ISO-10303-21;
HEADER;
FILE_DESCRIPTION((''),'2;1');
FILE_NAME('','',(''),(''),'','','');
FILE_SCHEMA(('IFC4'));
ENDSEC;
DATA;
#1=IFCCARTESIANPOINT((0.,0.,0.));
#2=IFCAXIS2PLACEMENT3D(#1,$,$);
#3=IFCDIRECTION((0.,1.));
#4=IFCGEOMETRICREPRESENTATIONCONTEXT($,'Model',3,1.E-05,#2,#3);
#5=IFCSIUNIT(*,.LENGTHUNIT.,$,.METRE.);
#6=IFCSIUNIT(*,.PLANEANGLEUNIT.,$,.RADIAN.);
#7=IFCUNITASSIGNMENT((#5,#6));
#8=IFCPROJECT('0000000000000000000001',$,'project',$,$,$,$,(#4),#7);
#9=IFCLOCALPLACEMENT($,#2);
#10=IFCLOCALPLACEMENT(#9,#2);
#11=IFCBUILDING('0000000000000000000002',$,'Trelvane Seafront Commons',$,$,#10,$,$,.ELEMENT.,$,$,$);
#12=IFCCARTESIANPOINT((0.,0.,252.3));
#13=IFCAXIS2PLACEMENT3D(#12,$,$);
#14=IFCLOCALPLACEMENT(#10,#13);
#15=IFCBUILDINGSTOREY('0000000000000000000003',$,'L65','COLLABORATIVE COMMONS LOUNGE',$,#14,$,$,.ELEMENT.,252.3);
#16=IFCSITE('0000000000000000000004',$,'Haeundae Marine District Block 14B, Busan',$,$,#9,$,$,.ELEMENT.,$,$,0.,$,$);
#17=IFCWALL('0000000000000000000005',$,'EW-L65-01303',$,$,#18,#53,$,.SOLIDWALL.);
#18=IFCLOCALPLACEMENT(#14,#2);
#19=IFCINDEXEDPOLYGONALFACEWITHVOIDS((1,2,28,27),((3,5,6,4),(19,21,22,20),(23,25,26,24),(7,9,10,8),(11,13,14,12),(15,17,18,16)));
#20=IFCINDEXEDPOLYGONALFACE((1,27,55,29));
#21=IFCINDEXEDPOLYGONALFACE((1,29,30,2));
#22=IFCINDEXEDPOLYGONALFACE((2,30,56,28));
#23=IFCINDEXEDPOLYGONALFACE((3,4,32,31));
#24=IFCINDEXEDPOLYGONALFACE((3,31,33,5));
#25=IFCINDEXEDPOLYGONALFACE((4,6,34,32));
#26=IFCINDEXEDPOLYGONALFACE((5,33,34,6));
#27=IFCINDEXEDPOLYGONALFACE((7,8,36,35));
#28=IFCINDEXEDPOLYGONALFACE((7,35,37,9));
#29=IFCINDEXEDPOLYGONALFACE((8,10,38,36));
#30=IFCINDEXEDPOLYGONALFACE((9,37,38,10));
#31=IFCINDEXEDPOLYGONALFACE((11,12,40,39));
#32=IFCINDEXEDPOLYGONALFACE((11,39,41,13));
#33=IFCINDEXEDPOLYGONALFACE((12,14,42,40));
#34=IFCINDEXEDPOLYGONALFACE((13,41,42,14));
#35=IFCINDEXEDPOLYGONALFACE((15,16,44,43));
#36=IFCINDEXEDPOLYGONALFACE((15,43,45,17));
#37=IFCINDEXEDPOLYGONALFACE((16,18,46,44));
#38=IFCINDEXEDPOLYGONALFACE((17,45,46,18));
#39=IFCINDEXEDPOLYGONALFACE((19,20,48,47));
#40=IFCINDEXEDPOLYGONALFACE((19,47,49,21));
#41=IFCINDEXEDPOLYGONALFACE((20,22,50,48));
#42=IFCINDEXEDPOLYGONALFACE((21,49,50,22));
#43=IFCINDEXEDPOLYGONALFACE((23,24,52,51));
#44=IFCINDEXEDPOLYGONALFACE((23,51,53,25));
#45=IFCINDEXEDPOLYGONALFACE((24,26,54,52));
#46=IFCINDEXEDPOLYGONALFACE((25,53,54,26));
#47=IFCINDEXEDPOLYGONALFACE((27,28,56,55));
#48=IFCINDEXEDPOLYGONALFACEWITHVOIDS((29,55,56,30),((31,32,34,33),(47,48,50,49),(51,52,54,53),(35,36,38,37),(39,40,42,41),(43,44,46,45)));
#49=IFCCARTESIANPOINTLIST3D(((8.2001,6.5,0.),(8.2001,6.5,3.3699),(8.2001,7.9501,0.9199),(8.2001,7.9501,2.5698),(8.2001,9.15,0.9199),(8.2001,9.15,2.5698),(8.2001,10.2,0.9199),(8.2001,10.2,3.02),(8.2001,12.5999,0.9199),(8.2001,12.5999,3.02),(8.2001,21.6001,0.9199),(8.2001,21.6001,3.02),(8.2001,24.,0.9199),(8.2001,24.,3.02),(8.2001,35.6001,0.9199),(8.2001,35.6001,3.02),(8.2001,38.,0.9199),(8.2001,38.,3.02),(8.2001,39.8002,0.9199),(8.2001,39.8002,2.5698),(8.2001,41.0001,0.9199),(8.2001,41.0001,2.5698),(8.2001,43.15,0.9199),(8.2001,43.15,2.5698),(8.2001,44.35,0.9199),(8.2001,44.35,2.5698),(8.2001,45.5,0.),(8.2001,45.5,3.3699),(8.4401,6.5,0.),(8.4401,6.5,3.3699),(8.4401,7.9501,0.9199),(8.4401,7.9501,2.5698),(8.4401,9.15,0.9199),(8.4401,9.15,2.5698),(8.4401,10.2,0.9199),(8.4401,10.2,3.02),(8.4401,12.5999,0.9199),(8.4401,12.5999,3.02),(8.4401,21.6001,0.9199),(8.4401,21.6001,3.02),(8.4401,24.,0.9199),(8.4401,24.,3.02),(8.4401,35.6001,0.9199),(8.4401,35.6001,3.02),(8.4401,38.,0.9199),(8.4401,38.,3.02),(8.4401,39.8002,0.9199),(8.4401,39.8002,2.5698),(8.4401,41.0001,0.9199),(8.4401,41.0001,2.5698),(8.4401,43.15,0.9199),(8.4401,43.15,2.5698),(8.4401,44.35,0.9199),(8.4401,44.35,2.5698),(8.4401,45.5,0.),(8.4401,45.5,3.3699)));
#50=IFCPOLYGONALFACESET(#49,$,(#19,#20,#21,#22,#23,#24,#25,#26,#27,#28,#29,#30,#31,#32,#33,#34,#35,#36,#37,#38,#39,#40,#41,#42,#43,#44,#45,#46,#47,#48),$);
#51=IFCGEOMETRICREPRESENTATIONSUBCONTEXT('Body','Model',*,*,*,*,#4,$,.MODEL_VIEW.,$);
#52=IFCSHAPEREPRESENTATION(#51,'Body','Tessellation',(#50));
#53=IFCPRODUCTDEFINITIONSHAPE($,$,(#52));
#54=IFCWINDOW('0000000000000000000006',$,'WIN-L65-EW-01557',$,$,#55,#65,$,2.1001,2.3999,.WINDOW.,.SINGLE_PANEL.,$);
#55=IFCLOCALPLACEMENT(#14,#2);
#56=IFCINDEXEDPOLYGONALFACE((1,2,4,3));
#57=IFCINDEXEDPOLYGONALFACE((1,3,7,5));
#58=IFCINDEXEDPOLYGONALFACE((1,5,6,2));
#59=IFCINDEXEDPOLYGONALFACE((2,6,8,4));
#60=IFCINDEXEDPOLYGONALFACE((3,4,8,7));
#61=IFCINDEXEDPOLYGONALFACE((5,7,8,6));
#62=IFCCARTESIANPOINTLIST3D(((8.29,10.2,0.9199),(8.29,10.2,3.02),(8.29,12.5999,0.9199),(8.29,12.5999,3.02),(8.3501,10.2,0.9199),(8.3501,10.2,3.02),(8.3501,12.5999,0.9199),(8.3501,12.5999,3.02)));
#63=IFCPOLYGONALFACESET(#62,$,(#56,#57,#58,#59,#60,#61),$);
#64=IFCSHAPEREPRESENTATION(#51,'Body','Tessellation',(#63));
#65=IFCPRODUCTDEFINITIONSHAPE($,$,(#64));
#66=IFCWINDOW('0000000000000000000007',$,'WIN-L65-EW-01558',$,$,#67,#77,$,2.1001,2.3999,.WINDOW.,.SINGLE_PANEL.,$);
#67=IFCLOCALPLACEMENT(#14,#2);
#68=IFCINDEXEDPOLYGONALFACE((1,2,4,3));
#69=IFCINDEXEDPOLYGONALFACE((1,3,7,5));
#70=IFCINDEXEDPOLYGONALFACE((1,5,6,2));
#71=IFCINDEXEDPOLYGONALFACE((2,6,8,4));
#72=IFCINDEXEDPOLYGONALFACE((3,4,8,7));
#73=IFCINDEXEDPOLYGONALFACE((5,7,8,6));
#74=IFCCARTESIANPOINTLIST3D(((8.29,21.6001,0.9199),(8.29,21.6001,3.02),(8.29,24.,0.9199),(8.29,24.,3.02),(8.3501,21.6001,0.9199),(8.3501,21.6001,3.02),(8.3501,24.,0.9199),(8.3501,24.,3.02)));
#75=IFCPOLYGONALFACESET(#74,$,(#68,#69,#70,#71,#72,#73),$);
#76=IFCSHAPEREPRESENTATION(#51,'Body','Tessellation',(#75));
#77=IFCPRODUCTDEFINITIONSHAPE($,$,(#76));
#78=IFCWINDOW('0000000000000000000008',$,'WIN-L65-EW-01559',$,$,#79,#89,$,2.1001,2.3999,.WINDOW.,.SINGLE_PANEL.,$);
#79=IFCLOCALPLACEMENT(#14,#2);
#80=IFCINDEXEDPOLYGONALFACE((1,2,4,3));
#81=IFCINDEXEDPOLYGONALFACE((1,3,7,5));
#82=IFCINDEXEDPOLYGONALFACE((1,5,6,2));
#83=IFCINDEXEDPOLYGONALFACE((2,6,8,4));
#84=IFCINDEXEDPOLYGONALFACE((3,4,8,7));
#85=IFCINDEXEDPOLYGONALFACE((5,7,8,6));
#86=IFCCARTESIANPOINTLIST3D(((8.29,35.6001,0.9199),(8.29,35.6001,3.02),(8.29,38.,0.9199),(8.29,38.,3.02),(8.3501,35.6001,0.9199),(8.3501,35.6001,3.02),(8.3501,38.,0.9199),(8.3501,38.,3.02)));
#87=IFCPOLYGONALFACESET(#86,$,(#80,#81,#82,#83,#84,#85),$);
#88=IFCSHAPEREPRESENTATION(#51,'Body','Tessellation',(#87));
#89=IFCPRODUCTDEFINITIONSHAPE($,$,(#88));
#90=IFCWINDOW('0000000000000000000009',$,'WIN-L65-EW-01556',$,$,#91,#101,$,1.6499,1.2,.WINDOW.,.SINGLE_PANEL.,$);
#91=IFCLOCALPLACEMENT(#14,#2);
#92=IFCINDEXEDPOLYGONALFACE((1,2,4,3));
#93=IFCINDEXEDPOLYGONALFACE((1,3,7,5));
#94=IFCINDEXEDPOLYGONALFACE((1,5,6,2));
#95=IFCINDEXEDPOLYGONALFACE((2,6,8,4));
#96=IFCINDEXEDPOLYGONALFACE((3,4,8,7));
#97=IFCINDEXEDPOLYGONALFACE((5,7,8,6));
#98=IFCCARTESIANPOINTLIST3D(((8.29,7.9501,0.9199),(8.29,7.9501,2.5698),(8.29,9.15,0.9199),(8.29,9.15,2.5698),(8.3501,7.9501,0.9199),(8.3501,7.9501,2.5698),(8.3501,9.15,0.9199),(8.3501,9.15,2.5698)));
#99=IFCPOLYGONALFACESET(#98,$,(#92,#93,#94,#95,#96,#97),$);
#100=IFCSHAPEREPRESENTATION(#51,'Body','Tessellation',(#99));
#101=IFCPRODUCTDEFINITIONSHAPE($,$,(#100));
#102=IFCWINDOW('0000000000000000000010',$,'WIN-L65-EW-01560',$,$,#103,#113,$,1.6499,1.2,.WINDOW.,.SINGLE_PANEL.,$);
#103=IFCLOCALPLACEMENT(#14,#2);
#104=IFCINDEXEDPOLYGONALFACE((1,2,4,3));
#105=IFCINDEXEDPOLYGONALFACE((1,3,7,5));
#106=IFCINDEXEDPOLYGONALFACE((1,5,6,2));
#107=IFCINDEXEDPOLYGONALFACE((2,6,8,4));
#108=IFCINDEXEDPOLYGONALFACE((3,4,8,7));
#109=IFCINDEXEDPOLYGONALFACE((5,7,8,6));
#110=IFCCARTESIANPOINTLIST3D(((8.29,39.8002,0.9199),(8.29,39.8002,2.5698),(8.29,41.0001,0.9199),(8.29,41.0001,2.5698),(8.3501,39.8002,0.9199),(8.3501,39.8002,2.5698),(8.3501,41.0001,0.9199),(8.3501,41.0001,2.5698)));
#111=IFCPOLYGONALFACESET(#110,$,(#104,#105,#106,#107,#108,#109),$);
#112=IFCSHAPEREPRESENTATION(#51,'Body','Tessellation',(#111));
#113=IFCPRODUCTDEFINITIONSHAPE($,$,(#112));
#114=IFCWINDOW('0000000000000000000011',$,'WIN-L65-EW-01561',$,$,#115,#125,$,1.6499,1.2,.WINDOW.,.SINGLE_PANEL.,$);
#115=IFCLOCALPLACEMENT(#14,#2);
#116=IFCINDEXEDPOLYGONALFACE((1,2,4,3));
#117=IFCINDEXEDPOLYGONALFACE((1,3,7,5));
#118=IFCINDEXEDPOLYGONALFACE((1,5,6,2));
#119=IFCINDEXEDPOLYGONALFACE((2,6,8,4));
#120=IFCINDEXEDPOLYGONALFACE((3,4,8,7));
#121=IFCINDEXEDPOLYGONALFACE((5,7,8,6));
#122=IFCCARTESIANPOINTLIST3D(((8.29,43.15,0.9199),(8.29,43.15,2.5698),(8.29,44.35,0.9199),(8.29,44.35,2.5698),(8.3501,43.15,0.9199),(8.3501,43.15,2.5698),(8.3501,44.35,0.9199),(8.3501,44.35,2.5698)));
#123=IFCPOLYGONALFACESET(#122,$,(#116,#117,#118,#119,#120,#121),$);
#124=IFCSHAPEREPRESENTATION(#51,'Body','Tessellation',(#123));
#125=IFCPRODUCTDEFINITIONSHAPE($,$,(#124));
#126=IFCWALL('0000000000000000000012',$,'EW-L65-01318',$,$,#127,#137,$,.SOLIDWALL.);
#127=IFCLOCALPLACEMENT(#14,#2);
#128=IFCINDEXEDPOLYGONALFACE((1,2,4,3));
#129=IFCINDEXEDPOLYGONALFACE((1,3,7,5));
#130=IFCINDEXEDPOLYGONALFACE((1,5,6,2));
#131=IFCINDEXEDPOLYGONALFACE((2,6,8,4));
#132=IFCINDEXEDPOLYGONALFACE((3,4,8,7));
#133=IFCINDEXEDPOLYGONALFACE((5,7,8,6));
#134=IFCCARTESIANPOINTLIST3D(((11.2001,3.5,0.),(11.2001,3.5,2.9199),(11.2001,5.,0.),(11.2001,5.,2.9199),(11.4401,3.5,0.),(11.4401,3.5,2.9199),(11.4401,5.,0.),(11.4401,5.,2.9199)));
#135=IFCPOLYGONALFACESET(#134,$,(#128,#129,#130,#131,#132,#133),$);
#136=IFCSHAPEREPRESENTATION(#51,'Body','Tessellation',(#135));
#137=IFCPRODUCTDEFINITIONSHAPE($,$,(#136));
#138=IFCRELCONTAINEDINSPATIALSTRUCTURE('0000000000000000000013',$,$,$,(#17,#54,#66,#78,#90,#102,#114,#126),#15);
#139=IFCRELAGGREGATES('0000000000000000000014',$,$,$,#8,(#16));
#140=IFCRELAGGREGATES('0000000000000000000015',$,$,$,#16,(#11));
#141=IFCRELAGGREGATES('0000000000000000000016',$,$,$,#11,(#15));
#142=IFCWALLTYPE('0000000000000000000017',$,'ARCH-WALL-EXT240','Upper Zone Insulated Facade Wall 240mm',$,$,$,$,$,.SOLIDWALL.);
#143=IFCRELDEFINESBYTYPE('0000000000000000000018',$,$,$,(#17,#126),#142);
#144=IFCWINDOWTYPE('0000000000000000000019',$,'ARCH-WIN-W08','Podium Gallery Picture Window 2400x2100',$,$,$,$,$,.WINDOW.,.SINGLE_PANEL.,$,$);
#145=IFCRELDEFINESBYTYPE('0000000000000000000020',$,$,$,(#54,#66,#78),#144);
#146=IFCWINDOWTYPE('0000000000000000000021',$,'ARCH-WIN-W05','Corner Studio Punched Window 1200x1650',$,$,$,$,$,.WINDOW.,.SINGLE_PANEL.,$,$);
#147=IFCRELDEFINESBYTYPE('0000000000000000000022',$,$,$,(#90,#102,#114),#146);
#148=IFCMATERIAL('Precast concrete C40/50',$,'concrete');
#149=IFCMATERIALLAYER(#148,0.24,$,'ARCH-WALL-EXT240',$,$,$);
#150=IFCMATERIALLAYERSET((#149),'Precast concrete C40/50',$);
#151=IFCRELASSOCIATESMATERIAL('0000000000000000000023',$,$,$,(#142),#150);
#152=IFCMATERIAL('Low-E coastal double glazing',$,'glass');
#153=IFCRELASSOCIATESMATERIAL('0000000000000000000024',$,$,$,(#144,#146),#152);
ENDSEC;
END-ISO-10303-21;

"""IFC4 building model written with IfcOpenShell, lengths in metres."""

from ifc_helpers import new_model, si_unit, direction, frame, frame_2d, origin, place, context, subcontext, project, spatial, rectangle, extrude, source, transform, mapped, material, layer, layer_set, type_object, element, fill, save


model = new_model("IFC4")

# Units and contexts
model_context = context("Model", 3, precision=1e-05, world=origin(), true_north=direction((0.0, 1.0)))
body_context = subcontext(model_context, "Body", "Model", "MODEL_VIEW")
ifc_project = project(units=[si_unit("LENGTHUNIT", "METRE"), si_unit("PLANEANGLEUNIT", "RADIAN")], contexts=[model_context])

# Site, building, storey
site_placement = place(None, origin())
site = spatial("IfcSite", under=ifc_project, at=site_placement, Name="Haeundae Marine District Block 14B, Busan", CompositionType="ELEMENT", RefElevation=0.0)
building_placement = place(site_placement, origin())
building = spatial("IfcBuilding", under=site, at=building_placement, Name="Trelvane Seafront Commons", CompositionType="ELEMENT")
storey_placement = place(building_placement, frame((0.0, 0.0, 252.3)))
storey = spatial("IfcBuildingStorey", under=building, at=storey_placement, Name="L65", Description="COLLABORATIVE COMMONS LOUNGE", CompositionType="ELEMENT", Elevation=252.3)

# Shared definitions
ifc_material_1 = material(Name="Precast concrete C40/50", Category="concrete")
ifc_layer_1 = layer(ifc_material_1, 0.24, Name="ARCH-WALL-EXT240")
ifc_layer_set_1 = layer_set([ifc_layer_1], Name="Precast concrete C40/50")
wall_type_1 = type_object("IfcWallType", Name="ARCH-WALL-EXT240", Description="Upper Zone Insulated Facade Wall 240mm", PredefinedType="SOLIDWALL", material=ifc_layer_set_1)

# Wall, openings, windows
wall_1_placement = place(storey_placement, frame((8.3201, 6.5, 0.0), z_axis=(0.0, 0.0, 1.0), x_axis=(0.0, 1.0, 0.0)))
wall_1 = element("IfcWall", 1, at=wall_1_placement, inside=storey, type_object=wall_type_1, Name="EW-L65-01303", PredefinedType="SOLIDWALL", context=body_context, shape_type="SweptSolid", body=[
    extrude(rectangle(XDim=39.0, YDim=0.24, at=frame_2d((19.5, 0.0))), origin(), (0.0, 0.0, 1.0), 3.3699),
])
opening_1_placement = place(wall_1_placement, frame((1.45, 0.0, 0.9199)))
opening_1 = element("IfcOpeningElement", 2, at=opening_1_placement, cuts=wall_1, PredefinedType="OPENING", context=body_context, shape_type="SweptSolid", body=[
    extrude(rectangle(XDim=1.2, YDim=1.6499, at=frame_2d((0.6001, 0.825))), frame((0.0, 0.1299, 0.0), z_axis=(0.0, -1.0, 0.0), x_axis=(1.0, 0.0, 0.0)), (0.0, 0.0, 1.0), 0.26),
])
opening_2_placement = place(wall_1_placement, frame((3.7, 0.0, 0.9199)))
opening_2 = element("IfcOpeningElement", 3, at=opening_2_placement, cuts=wall_1, PredefinedType="OPENING", context=body_context, shape_type="SweptSolid", body=[
    extrude(rectangle(XDim=2.3999, YDim=2.1001, at=frame_2d((1.2, 1.05))), frame((0.0, 0.1299, 0.0), z_axis=(0.0, -1.0, 0.0), x_axis=(1.0, 0.0, 0.0)), (0.0, 0.0, 1.0), 0.26),
])
opening_3_placement = place(wall_1_placement, frame((15.1001, 0.0, 0.9199)))
opening_3 = element("IfcOpeningElement", 4, at=opening_3_placement, cuts=wall_1, PredefinedType="OPENING", context=body_context, shape_type="SweptSolid", body=[
    extrude(rectangle(XDim=2.3999, YDim=2.1001, at=frame_2d((1.2, 1.05))), frame((0.0, 0.1299, 0.0), z_axis=(0.0, -1.0, 0.0), x_axis=(1.0, 0.0, 0.0)), (0.0, 0.0, 1.0), 0.26),
])
opening_4_placement = place(wall_1_placement, frame((29.1001, 0.0, 0.9199)))
opening_4 = element("IfcOpeningElement", 5, at=opening_4_placement, cuts=wall_1, PredefinedType="OPENING", context=body_context, shape_type="SweptSolid", body=[
    extrude(rectangle(XDim=2.3999, YDim=2.1001, at=frame_2d((1.2, 1.05))), frame((0.0, 0.1299, 0.0), z_axis=(0.0, -1.0, 0.0), x_axis=(1.0, 0.0, 0.0)), (0.0, 0.0, 1.0), 0.26),
])
opening_5_placement = place(wall_1_placement, frame((33.3, 0.0, 0.9199)))
opening_5 = element("IfcOpeningElement", 6, at=opening_5_placement, cuts=wall_1, PredefinedType="OPENING", context=body_context, shape_type="SweptSolid", body=[
    extrude(rectangle(XDim=1.2, YDim=1.6499, at=frame_2d((0.6001, 0.825))), frame((0.0, 0.1299, 0.0), z_axis=(0.0, -1.0, 0.0), x_axis=(1.0, 0.0, 0.0)), (0.0, 0.0, 1.0), 0.26),
])
opening_6_placement = place(wall_1_placement, frame((36.6499, 0.0, 0.9199)))
opening_6 = element("IfcOpeningElement", 7, at=opening_6_placement, cuts=wall_1, PredefinedType="OPENING", context=body_context, shape_type="SweptSolid", body=[
    extrude(rectangle(XDim=1.2, YDim=1.6499, at=frame_2d((0.6001, 0.825))), frame((0.0, 0.1299, 0.0), z_axis=(0.0, -1.0, 0.0), x_axis=(1.0, 0.0, 0.0)), (0.0, 0.0, 1.0), 0.26),
])
ifc_material_2 = material(Name="Low-E coastal double glazing", Category="glass")
window_type_1 = type_object("IfcWindowType", Name="ARCH-WIN-W08", Description="Podium Gallery Picture Window 2400x2100", PartitioningType="SINGLE_PANEL", PredefinedType="WINDOW", material=ifc_material_2)
shared_shape_1 = source(origin(), body_context, "Body", "SweptSolid", [
    extrude(rectangle(XDim=2.3999, YDim=2.1001, at=frame_2d((1.2, 1.05))), frame((0.0, 0.03, 0.0), z_axis=(0.0, -1.0, 0.0), x_axis=(1.0, 0.0, 0.0)), (0.0, 0.0, 1.0), 0.0601),
])
window_1_placement = place(opening_2_placement, origin())
window_1 = element("IfcWindow", 8, at=window_1_placement, inside=storey, type_object=window_type_1, Name="WIN-L65-EW-01557", OverallHeight=2.1001, OverallWidth=2.3999, PartitioningType="SINGLE_PANEL", PredefinedType="WINDOW", context=body_context, shape_type="MappedRepresentation", body=[
    mapped(shared_shape_1, transform((0.0, 0.0, 0.0), x_axis=(1.0, 0.0, 0.0), y_axis=(0.0, 1.0, 0.0), z_axis=(0.0, 0.0, 1.0), scale=1.0)),
])
fill(opening_2, window_1)
window_2_placement = place(opening_3_placement, origin())
window_2 = element("IfcWindow", 9, at=window_2_placement, inside=storey, type_object=window_type_1, Name="WIN-L65-EW-01558", OverallHeight=2.1001, OverallWidth=2.3999, PartitioningType="SINGLE_PANEL", PredefinedType="WINDOW", context=body_context, shape_type="MappedRepresentation", body=[
    mapped(shared_shape_1, transform((0.0, 0.0, 0.0), x_axis=(1.0, 0.0, 0.0), y_axis=(0.0, 1.0, 0.0), z_axis=(0.0, 0.0, 1.0), scale=1.0)),
])
fill(opening_3, window_2)
window_3_placement = place(opening_4_placement, origin())
window_3 = element("IfcWindow", 10, at=window_3_placement, inside=storey, type_object=window_type_1, Name="WIN-L65-EW-01559", OverallHeight=2.1001, OverallWidth=2.3999, PartitioningType="SINGLE_PANEL", PredefinedType="WINDOW", context=body_context, shape_type="MappedRepresentation", body=[
    mapped(shared_shape_1, transform((0.0, 0.0, 0.0), x_axis=(1.0, 0.0, 0.0), y_axis=(0.0, 1.0, 0.0), z_axis=(0.0, 0.0, 1.0), scale=1.0)),
])
fill(opening_4, window_3)
window_type_2 = type_object("IfcWindowType", Name="ARCH-WIN-W05", Description="Corner Studio Punched Window 1200x1650", PartitioningType="SINGLE_PANEL", PredefinedType="WINDOW", material=ifc_material_2)
shared_shape_2 = source(origin(), body_context, "Body", "SweptSolid", [
    extrude(rectangle(XDim=1.2, YDim=1.6499, at=frame_2d((0.6001, 0.825))), frame((0.0, 0.03, 0.0), z_axis=(0.0, -1.0, 0.0), x_axis=(1.0, 0.0, 0.0)), (0.0, 0.0, 1.0), 0.0601),
])
window_4_placement = place(opening_1_placement, origin())
window_4 = element("IfcWindow", 11, at=window_4_placement, inside=storey, type_object=window_type_2, Name="WIN-L65-EW-01556", OverallHeight=1.6499, OverallWidth=1.2, PartitioningType="SINGLE_PANEL", PredefinedType="WINDOW", context=body_context, shape_type="MappedRepresentation", body=[
    mapped(shared_shape_2, transform((0.0, 0.0, 0.0), x_axis=(1.0, 0.0, 0.0), y_axis=(0.0, 1.0, 0.0), z_axis=(0.0, 0.0, 1.0), scale=1.0)),
])
fill(opening_1, window_4)
window_5_placement = place(opening_5_placement, origin())
window_5 = element("IfcWindow", 12, at=window_5_placement, inside=storey, type_object=window_type_2, Name="WIN-L65-EW-01560", OverallHeight=1.6499, OverallWidth=1.2, PartitioningType="SINGLE_PANEL", PredefinedType="WINDOW", context=body_context, shape_type="MappedRepresentation", body=[
    mapped(shared_shape_2, transform((0.0, 0.0, 0.0), x_axis=(1.0, 0.0, 0.0), y_axis=(0.0, 1.0, 0.0), z_axis=(0.0, 0.0, 1.0), scale=1.0)),
])
fill(opening_5, window_5)
window_6_placement = place(opening_6_placement, origin())
window_6 = element("IfcWindow", 13, at=window_6_placement, inside=storey, type_object=window_type_2, Name="WIN-L65-EW-01561", OverallHeight=1.6499, OverallWidth=1.2, PartitioningType="SINGLE_PANEL", PredefinedType="WINDOW", context=body_context, shape_type="MappedRepresentation", body=[
    mapped(shared_shape_2, transform((0.0, 0.0, 0.0), x_axis=(1.0, 0.0, 0.0), y_axis=(0.0, 1.0, 0.0), z_axis=(0.0, 0.0, 1.0), scale=1.0)),
])
fill(opening_6, window_6)

# Wall
wall_2_placement = place(storey_placement, frame((11.3201, 3.5, 0.0), z_axis=(0.0, 0.0, 1.0), x_axis=(0.0, 1.0, 0.0)))
element("IfcWall", 14, at=wall_2_placement, inside=storey, type_object=wall_type_1, Name="EW-L65-01318", PredefinedType="SOLIDWALL", context=body_context, shape_type="SweptSolid", body=[
    extrude(rectangle(XDim=1.5, YDim=0.24, at=frame_2d((0.75, 0.0))), origin(), (0.0, 0.0, 1.0), 2.9199),
])

save(model, "model.ifc")
